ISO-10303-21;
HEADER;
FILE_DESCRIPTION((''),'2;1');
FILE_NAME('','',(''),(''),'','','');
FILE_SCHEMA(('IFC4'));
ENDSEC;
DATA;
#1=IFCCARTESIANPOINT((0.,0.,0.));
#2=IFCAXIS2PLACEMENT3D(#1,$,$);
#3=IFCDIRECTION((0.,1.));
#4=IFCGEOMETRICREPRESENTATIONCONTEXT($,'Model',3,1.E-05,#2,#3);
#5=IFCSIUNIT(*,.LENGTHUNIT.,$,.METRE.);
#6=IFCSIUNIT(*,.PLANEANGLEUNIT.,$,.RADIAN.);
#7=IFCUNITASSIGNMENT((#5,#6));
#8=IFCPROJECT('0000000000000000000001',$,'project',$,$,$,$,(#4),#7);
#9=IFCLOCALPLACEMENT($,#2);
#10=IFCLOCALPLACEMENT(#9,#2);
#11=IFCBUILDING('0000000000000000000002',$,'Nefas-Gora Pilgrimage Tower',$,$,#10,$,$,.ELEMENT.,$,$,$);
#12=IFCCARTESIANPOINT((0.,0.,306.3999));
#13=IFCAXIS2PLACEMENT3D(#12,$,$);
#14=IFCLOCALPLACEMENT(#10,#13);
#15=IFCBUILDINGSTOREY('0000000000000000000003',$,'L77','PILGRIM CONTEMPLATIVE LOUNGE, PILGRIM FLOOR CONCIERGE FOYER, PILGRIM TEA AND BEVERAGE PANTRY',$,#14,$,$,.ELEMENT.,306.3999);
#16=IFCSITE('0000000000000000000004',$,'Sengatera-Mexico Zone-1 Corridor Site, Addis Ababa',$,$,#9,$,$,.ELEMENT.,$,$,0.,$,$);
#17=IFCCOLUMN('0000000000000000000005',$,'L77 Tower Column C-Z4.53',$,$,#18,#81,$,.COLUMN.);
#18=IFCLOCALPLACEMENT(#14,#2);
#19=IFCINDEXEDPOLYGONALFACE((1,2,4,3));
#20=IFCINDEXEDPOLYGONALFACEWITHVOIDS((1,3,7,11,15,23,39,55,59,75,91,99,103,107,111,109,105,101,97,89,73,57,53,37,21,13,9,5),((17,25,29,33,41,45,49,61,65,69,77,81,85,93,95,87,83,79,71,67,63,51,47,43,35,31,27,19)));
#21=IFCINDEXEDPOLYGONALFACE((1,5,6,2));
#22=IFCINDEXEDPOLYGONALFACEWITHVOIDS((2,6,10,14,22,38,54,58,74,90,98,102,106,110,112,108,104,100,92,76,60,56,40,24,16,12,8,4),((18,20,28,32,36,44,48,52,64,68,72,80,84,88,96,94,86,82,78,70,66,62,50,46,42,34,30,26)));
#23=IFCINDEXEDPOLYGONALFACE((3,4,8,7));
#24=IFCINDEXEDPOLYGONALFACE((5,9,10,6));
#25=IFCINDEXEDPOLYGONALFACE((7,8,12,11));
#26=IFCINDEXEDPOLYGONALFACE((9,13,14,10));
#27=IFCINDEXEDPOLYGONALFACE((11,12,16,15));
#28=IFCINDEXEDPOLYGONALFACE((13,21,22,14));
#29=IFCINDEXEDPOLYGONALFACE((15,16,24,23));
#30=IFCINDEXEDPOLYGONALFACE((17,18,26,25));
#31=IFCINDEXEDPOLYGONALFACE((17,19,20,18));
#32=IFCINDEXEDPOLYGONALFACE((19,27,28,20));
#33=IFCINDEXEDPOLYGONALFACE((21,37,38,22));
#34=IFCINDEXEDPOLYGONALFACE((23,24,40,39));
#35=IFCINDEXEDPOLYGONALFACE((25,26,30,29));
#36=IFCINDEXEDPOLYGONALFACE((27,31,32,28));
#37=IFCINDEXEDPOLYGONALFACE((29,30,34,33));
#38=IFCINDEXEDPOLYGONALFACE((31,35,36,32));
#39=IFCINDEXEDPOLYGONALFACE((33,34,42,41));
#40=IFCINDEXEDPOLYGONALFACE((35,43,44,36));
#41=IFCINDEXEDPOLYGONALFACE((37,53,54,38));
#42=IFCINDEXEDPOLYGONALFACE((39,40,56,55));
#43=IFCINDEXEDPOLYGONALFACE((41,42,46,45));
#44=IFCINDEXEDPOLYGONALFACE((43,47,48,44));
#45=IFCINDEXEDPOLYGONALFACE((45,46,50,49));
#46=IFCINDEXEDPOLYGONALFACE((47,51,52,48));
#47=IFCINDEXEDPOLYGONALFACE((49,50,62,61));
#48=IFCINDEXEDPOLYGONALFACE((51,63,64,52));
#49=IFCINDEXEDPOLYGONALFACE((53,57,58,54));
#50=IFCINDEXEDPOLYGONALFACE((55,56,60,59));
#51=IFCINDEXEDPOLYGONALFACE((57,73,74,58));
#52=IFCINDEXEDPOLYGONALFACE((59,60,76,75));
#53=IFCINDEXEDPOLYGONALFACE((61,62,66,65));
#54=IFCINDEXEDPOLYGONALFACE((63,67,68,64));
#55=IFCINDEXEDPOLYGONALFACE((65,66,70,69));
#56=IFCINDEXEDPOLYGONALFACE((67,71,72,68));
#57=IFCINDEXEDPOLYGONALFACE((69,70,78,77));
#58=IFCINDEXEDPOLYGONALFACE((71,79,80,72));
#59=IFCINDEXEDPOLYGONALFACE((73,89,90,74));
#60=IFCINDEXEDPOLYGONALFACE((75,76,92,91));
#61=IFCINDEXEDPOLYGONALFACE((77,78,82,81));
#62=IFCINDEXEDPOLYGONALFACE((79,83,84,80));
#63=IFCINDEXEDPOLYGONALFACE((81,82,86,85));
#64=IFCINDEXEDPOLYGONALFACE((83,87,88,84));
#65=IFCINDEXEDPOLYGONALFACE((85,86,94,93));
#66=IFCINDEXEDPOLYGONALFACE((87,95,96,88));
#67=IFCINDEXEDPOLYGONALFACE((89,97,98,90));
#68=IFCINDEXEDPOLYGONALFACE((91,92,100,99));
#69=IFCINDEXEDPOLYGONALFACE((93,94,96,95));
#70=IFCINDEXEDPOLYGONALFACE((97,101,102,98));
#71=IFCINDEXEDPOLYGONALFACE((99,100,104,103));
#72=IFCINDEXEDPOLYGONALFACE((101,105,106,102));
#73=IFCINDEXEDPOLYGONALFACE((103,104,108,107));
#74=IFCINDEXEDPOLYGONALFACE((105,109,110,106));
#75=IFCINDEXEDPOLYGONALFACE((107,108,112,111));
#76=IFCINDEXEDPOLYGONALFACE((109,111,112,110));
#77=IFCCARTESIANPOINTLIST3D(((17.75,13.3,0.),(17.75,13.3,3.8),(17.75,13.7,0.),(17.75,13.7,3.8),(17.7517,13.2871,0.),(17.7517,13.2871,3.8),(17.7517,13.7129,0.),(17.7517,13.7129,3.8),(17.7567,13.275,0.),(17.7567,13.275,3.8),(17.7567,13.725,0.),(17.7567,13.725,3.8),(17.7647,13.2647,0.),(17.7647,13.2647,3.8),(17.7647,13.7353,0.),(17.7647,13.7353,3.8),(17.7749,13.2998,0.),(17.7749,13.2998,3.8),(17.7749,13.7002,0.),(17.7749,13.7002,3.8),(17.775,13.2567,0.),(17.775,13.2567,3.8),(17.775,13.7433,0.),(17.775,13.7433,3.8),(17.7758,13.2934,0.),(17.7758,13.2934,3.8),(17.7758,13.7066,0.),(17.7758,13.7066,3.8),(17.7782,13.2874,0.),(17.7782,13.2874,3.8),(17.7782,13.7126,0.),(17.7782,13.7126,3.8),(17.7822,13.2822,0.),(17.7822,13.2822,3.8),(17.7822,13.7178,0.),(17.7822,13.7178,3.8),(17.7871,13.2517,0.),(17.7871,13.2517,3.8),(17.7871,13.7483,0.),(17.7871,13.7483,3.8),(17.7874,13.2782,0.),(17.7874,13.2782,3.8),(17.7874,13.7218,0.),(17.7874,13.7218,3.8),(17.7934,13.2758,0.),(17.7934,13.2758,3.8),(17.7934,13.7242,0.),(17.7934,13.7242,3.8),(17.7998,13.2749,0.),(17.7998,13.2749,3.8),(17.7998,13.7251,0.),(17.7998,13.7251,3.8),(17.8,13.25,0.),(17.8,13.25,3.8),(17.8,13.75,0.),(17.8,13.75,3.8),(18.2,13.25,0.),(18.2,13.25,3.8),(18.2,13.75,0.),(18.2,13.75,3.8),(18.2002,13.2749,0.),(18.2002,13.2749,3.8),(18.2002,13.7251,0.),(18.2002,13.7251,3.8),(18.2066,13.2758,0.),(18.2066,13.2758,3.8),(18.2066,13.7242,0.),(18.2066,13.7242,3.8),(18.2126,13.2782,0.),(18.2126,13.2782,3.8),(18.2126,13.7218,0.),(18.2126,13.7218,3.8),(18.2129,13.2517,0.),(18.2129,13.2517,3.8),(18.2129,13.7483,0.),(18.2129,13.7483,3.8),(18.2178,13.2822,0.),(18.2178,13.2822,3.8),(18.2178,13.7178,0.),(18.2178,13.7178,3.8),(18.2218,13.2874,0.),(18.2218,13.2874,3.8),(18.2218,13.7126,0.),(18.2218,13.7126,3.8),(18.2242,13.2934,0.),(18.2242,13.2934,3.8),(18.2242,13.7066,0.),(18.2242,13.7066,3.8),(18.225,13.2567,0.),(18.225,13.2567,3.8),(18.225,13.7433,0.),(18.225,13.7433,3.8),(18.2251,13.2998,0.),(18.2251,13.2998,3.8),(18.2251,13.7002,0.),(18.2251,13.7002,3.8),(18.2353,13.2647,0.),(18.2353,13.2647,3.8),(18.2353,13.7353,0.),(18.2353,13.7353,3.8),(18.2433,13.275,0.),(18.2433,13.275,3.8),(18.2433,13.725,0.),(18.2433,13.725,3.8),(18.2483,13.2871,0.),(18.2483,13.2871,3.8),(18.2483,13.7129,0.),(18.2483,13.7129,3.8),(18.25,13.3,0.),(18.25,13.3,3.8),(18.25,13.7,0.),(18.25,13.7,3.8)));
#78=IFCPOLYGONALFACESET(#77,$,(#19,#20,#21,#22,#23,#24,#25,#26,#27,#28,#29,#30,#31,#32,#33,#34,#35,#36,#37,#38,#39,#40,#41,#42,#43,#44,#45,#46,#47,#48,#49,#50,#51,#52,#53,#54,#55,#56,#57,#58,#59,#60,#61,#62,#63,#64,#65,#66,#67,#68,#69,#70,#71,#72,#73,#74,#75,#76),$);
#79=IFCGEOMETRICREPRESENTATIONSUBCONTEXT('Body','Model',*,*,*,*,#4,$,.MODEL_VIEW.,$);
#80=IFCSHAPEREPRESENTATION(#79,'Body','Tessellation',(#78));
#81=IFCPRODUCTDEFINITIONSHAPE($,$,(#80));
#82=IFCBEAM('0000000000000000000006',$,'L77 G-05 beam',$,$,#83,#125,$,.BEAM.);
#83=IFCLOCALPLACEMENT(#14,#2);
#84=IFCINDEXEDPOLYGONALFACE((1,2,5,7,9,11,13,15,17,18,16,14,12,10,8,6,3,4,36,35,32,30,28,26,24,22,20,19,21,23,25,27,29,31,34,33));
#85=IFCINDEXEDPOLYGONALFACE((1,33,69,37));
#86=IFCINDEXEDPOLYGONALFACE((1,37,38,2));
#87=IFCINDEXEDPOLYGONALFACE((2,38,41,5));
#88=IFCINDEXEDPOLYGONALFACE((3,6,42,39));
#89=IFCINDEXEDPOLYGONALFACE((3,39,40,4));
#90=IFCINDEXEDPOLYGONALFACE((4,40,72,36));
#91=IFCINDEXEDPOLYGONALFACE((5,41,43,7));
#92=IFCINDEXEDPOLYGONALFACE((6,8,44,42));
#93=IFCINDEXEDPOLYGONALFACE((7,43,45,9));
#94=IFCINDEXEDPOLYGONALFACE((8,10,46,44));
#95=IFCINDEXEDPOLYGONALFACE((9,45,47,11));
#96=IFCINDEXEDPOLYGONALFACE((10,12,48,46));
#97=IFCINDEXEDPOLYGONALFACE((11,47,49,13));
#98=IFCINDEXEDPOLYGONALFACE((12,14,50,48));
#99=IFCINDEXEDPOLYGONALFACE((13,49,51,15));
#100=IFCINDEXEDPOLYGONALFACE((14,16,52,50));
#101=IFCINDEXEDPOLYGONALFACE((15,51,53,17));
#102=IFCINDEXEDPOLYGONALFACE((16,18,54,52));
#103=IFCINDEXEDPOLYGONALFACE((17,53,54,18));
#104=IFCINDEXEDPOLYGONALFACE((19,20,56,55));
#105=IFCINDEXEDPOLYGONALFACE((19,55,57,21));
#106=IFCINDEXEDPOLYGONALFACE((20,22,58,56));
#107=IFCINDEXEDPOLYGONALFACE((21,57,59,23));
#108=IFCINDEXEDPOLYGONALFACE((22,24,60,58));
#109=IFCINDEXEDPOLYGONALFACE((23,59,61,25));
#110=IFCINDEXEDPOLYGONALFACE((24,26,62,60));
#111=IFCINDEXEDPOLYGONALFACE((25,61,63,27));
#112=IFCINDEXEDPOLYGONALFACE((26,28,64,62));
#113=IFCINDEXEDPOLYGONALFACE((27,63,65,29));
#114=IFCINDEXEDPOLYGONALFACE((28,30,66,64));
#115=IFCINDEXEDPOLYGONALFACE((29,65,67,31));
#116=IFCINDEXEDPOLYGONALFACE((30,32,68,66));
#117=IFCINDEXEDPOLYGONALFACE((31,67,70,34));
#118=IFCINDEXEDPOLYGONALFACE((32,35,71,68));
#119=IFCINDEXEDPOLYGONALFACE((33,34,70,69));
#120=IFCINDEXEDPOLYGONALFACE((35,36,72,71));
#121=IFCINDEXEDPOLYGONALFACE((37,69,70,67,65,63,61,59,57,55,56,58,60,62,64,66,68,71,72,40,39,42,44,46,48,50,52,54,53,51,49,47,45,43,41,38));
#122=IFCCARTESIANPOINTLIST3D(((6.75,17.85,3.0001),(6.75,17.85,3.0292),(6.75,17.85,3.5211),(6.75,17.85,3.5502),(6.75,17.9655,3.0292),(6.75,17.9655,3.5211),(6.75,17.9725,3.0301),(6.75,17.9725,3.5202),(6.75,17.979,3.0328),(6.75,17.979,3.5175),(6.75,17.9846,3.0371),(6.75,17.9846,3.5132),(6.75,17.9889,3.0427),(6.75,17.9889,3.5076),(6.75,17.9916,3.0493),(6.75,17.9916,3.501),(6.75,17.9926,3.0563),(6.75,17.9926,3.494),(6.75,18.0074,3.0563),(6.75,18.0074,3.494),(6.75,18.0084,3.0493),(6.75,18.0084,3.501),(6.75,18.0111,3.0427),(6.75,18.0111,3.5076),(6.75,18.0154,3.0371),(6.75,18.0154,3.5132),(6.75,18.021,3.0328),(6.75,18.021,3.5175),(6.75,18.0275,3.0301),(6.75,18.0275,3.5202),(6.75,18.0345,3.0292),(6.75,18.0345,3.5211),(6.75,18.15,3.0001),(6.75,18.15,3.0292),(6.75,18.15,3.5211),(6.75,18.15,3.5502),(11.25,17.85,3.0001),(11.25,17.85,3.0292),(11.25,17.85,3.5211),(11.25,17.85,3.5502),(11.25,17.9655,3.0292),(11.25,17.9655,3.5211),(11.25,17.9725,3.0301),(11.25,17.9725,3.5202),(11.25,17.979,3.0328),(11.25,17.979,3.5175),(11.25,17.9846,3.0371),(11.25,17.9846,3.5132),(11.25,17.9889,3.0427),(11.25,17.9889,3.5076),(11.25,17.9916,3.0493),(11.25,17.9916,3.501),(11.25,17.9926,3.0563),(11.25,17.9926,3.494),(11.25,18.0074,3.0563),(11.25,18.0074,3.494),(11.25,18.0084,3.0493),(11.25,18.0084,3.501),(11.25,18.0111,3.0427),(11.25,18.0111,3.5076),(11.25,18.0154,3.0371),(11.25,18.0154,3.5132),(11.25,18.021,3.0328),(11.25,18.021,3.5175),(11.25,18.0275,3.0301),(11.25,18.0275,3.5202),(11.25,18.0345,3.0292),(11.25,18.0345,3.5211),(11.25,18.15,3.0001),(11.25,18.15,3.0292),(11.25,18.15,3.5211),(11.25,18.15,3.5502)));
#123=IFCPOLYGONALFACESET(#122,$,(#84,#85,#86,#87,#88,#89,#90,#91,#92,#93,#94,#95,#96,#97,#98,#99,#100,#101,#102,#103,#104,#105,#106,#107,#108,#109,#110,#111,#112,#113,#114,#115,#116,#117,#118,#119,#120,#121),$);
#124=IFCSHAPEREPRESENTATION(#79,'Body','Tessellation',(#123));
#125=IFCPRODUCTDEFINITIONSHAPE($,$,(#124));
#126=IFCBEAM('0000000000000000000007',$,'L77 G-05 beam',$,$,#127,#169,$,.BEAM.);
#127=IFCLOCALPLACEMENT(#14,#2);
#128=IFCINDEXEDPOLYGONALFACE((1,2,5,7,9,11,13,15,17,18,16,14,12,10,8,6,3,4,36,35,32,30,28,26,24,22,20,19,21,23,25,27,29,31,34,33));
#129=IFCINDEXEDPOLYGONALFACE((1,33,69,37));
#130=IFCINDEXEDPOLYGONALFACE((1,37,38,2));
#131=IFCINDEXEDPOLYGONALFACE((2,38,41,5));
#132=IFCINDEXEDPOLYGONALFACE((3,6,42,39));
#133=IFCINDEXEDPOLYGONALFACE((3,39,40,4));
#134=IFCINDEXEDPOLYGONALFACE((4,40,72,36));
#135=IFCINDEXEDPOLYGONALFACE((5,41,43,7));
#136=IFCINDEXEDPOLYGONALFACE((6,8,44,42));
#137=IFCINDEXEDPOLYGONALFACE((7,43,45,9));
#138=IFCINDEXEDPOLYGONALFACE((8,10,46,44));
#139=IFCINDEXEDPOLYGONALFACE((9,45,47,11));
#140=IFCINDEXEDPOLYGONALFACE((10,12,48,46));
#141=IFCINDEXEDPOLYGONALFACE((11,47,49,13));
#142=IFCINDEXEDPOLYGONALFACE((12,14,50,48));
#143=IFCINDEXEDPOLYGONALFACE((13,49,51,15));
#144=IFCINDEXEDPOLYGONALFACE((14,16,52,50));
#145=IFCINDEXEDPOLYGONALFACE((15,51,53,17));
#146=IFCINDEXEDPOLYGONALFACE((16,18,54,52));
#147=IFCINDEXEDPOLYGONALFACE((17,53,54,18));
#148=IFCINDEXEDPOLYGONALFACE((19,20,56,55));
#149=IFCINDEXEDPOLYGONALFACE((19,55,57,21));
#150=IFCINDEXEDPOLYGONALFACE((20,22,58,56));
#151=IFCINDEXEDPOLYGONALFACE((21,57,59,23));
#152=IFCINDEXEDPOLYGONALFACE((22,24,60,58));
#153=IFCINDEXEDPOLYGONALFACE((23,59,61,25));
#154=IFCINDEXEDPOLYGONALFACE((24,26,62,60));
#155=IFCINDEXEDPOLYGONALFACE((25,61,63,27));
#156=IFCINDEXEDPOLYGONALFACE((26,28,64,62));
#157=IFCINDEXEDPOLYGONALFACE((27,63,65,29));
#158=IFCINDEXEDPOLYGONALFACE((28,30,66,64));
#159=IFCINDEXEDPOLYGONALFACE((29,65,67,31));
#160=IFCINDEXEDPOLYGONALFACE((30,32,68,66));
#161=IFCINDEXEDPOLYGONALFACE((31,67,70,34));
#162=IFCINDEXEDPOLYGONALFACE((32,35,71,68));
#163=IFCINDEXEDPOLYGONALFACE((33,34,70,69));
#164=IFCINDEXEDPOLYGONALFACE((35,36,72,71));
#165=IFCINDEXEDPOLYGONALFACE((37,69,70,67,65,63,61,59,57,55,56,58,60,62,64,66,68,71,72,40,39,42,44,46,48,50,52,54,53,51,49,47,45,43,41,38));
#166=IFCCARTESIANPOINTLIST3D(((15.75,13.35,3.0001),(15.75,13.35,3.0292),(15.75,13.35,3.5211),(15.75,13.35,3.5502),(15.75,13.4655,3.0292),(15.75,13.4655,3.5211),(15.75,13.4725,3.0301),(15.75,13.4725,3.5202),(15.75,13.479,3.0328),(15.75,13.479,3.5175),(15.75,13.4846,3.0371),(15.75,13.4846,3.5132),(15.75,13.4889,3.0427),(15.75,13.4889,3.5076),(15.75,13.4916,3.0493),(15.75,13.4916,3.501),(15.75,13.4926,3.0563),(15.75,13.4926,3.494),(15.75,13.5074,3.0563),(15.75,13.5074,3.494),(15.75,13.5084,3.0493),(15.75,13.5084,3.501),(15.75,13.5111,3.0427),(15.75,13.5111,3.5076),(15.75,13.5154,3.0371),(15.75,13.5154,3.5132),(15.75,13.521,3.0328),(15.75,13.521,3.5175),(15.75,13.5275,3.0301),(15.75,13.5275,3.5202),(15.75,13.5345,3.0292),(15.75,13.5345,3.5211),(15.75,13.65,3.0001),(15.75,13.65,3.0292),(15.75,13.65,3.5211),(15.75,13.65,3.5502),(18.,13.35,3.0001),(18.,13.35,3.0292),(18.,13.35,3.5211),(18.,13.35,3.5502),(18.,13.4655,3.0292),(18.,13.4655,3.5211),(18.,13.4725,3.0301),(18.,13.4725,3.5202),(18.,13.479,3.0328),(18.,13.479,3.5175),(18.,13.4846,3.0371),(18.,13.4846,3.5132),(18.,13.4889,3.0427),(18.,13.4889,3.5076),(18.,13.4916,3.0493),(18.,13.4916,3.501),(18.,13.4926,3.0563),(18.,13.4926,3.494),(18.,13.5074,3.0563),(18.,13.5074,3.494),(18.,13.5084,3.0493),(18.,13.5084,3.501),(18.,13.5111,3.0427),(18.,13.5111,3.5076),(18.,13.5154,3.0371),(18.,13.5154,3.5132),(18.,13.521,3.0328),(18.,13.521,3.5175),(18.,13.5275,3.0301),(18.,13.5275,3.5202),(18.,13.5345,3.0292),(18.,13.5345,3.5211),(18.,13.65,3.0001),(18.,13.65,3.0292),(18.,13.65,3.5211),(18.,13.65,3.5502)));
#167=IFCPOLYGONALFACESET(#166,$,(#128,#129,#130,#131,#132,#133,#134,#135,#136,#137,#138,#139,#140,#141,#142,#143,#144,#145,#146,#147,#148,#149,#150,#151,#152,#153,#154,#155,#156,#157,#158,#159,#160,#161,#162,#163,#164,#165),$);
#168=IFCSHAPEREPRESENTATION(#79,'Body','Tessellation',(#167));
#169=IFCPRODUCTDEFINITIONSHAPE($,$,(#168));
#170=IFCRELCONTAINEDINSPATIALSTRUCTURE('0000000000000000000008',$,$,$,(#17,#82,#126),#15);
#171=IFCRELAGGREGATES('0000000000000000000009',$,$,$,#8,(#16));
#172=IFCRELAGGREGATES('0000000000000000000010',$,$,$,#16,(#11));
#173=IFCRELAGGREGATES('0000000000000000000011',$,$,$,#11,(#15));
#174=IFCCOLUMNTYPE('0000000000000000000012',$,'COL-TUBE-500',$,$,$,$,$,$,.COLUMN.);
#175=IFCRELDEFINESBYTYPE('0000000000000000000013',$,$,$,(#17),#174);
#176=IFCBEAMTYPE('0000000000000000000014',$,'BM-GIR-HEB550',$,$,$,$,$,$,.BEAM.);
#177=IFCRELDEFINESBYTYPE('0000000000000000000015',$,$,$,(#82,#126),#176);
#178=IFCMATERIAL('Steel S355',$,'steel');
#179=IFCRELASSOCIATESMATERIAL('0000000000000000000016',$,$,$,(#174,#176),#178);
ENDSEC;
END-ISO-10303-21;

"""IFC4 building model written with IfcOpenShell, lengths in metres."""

from ifc_helpers import new_model, si_unit, direction, frame, origin, origin_2d, place, context, subcontext, project, spatial, hollow_rectangle, i_section, extrude, source, transform, mapped, material, material_profile, profile_set, type_object, element, save


model = new_model("IFC4")

# Units and contexts
model_context = context("Model", 3, precision=1e-05, world=origin(), true_north=direction((0.0, 1.0)))
body_context = subcontext(model_context, "Body", "Model", "MODEL_VIEW")
ifc_project = project(units=[si_unit("LENGTHUNIT", "METRE"), si_unit("PLANEANGLEUNIT", "RADIAN")], contexts=[model_context])

# Site, building, storey
site_placement = place(None, origin())
site = spatial("IfcSite", under=ifc_project, at=site_placement, Name="Sengatera-Mexico Zone-1 Corridor Site, Addis Ababa", CompositionType="ELEMENT", RefElevation=0.0)
building_placement = place(site_placement, origin())
building = spatial("IfcBuilding", under=site, at=building_placement, Name="Nefas-Gora Pilgrimage Tower", CompositionType="ELEMENT")
storey_placement = place(building_placement, frame((0.0, 0.0, 306.3999)))
storey = spatial("IfcBuildingStorey", under=building, at=storey_placement, Name="L77", Description="PILGRIM CONTEMPLATIVE LOUNGE, PILGRIM FLOOR CONCIERGE FOYER, PILGRIM TEA AND BEVERAGE PANTRY", CompositionType="ELEMENT", Elevation=306.3999)

# Column
ifc_material_1 = material(Name="Steel S355", Category="steel")
ifc_material_profile_1 = material_profile(ifc_material_1, hollow_rectangle(XDim=0.5, YDim=0.5, WallThickness=0.0249, InnerFilletRadius=0.0249, OuterFilletRadius=0.05, at=origin_2d()), Name="SHS 500x500x25")
ifc_profile_set_1 = profile_set([ifc_material_profile_1], Name="Steel S355")
column_type_1 = type_object("IfcColumnType", Name="COL-TUBE-500", PredefinedType="COLUMN", material=ifc_profile_set_1)
shared_shape_1 = source(origin(), body_context, "Body", "SweptSolid", [
    extrude(hollow_rectangle(XDim=0.5, YDim=0.5, WallThickness=0.0249, InnerFilletRadius=0.0249, OuterFilletRadius=0.05, at=origin_2d()), origin(), (0.0, 0.0, 1.0), 3.8),
])
column_placement = place(storey_placement, frame((18.0, 13.5, 0.0), z_axis=(0.0, 0.0, 1.0), x_axis=(1.0, 0.0, 0.0)))
element("IfcColumn", 1, at=column_placement, inside=storey, type_object=column_type_1, Name="L77 Tower Column C-Z4.53", PredefinedType="COLUMN", context=body_context, shape_type="MappedRepresentation", body=[
    mapped(shared_shape_1, transform((0.0, 0.0, 0.0), x_axis=(1.0, 0.0, 0.0), y_axis=(0.0, 1.0, 0.0), z_axis=(0.0, 0.0, 1.0), scale=1.0)),
])

# Beams
ifc_material_profile_2 = material_profile(ifc_material_1, i_section(OverallWidth=0.3, OverallDepth=0.55, WebThickness=0.0149, FlangeThickness=0.0291, FilletRadius=0.0271, at=origin_2d()), Name="HEB 550")
ifc_profile_set_2 = profile_set([ifc_material_profile_2], Name="Steel S355")
beam_type = type_object("IfcBeamType", Name="BM-GIR-HEB550", PredefinedType="BEAM", material=ifc_profile_set_2)
shared_shape_2 = source(origin(), body_context, "Body", "SweptSolid", [
    extrude(i_section(OverallWidth=0.3, OverallDepth=0.55, WebThickness=0.0149, FlangeThickness=0.0291, FilletRadius=0.0271, at=origin_2d()), origin(), (0.0, 0.0, 1.0), 4.5),
])
beam_1_placement = place(storey_placement, frame((6.75, 18.0, 3.2751), z_axis=(1.0, 0.0, 0.0), x_axis=(0.0, 1.0, 0.0)))
element("IfcBeam", 2, at=beam_1_placement, inside=storey, type_object=beam_type, Name="L77 G-05 beam", PredefinedType="BEAM", context=body_context, shape_type="MappedRepresentation", body=[
    mapped(shared_shape_2, transform((0.0, 0.0, 0.0), x_axis=(1.0, 0.0, 0.0), y_axis=(0.0, 1.0, 0.0), z_axis=(0.0, 0.0, 1.0), scale=1.0)),
])
shared_shape_3 = source(origin(), body_context, "Body", "SweptSolid", [
    extrude(i_section(OverallWidth=0.3, OverallDepth=0.55, WebThickness=0.0149, FlangeThickness=0.0291, FilletRadius=0.0271, at=origin_2d()), origin(), (0.0, 0.0, 1.0), 2.25),
])
beam_2_placement = place(storey_placement, frame((15.75, 13.5, 3.2751), z_axis=(1.0, 0.0, 0.0), x_axis=(0.0, 1.0, 0.0)))
element("IfcBeam", 3, at=beam_2_placement, inside=storey, type_object=beam_type, Name="L77 G-05 beam", PredefinedType="BEAM", context=body_context, shape_type="MappedRepresentation", body=[
    mapped(shared_shape_3, transform((0.0, 0.0, 0.0), x_axis=(1.0, 0.0, 0.0), y_axis=(0.0, 1.0, 0.0), z_axis=(0.0, 0.0, 1.0), scale=1.0)),
])

save(model, "model.ifc")
